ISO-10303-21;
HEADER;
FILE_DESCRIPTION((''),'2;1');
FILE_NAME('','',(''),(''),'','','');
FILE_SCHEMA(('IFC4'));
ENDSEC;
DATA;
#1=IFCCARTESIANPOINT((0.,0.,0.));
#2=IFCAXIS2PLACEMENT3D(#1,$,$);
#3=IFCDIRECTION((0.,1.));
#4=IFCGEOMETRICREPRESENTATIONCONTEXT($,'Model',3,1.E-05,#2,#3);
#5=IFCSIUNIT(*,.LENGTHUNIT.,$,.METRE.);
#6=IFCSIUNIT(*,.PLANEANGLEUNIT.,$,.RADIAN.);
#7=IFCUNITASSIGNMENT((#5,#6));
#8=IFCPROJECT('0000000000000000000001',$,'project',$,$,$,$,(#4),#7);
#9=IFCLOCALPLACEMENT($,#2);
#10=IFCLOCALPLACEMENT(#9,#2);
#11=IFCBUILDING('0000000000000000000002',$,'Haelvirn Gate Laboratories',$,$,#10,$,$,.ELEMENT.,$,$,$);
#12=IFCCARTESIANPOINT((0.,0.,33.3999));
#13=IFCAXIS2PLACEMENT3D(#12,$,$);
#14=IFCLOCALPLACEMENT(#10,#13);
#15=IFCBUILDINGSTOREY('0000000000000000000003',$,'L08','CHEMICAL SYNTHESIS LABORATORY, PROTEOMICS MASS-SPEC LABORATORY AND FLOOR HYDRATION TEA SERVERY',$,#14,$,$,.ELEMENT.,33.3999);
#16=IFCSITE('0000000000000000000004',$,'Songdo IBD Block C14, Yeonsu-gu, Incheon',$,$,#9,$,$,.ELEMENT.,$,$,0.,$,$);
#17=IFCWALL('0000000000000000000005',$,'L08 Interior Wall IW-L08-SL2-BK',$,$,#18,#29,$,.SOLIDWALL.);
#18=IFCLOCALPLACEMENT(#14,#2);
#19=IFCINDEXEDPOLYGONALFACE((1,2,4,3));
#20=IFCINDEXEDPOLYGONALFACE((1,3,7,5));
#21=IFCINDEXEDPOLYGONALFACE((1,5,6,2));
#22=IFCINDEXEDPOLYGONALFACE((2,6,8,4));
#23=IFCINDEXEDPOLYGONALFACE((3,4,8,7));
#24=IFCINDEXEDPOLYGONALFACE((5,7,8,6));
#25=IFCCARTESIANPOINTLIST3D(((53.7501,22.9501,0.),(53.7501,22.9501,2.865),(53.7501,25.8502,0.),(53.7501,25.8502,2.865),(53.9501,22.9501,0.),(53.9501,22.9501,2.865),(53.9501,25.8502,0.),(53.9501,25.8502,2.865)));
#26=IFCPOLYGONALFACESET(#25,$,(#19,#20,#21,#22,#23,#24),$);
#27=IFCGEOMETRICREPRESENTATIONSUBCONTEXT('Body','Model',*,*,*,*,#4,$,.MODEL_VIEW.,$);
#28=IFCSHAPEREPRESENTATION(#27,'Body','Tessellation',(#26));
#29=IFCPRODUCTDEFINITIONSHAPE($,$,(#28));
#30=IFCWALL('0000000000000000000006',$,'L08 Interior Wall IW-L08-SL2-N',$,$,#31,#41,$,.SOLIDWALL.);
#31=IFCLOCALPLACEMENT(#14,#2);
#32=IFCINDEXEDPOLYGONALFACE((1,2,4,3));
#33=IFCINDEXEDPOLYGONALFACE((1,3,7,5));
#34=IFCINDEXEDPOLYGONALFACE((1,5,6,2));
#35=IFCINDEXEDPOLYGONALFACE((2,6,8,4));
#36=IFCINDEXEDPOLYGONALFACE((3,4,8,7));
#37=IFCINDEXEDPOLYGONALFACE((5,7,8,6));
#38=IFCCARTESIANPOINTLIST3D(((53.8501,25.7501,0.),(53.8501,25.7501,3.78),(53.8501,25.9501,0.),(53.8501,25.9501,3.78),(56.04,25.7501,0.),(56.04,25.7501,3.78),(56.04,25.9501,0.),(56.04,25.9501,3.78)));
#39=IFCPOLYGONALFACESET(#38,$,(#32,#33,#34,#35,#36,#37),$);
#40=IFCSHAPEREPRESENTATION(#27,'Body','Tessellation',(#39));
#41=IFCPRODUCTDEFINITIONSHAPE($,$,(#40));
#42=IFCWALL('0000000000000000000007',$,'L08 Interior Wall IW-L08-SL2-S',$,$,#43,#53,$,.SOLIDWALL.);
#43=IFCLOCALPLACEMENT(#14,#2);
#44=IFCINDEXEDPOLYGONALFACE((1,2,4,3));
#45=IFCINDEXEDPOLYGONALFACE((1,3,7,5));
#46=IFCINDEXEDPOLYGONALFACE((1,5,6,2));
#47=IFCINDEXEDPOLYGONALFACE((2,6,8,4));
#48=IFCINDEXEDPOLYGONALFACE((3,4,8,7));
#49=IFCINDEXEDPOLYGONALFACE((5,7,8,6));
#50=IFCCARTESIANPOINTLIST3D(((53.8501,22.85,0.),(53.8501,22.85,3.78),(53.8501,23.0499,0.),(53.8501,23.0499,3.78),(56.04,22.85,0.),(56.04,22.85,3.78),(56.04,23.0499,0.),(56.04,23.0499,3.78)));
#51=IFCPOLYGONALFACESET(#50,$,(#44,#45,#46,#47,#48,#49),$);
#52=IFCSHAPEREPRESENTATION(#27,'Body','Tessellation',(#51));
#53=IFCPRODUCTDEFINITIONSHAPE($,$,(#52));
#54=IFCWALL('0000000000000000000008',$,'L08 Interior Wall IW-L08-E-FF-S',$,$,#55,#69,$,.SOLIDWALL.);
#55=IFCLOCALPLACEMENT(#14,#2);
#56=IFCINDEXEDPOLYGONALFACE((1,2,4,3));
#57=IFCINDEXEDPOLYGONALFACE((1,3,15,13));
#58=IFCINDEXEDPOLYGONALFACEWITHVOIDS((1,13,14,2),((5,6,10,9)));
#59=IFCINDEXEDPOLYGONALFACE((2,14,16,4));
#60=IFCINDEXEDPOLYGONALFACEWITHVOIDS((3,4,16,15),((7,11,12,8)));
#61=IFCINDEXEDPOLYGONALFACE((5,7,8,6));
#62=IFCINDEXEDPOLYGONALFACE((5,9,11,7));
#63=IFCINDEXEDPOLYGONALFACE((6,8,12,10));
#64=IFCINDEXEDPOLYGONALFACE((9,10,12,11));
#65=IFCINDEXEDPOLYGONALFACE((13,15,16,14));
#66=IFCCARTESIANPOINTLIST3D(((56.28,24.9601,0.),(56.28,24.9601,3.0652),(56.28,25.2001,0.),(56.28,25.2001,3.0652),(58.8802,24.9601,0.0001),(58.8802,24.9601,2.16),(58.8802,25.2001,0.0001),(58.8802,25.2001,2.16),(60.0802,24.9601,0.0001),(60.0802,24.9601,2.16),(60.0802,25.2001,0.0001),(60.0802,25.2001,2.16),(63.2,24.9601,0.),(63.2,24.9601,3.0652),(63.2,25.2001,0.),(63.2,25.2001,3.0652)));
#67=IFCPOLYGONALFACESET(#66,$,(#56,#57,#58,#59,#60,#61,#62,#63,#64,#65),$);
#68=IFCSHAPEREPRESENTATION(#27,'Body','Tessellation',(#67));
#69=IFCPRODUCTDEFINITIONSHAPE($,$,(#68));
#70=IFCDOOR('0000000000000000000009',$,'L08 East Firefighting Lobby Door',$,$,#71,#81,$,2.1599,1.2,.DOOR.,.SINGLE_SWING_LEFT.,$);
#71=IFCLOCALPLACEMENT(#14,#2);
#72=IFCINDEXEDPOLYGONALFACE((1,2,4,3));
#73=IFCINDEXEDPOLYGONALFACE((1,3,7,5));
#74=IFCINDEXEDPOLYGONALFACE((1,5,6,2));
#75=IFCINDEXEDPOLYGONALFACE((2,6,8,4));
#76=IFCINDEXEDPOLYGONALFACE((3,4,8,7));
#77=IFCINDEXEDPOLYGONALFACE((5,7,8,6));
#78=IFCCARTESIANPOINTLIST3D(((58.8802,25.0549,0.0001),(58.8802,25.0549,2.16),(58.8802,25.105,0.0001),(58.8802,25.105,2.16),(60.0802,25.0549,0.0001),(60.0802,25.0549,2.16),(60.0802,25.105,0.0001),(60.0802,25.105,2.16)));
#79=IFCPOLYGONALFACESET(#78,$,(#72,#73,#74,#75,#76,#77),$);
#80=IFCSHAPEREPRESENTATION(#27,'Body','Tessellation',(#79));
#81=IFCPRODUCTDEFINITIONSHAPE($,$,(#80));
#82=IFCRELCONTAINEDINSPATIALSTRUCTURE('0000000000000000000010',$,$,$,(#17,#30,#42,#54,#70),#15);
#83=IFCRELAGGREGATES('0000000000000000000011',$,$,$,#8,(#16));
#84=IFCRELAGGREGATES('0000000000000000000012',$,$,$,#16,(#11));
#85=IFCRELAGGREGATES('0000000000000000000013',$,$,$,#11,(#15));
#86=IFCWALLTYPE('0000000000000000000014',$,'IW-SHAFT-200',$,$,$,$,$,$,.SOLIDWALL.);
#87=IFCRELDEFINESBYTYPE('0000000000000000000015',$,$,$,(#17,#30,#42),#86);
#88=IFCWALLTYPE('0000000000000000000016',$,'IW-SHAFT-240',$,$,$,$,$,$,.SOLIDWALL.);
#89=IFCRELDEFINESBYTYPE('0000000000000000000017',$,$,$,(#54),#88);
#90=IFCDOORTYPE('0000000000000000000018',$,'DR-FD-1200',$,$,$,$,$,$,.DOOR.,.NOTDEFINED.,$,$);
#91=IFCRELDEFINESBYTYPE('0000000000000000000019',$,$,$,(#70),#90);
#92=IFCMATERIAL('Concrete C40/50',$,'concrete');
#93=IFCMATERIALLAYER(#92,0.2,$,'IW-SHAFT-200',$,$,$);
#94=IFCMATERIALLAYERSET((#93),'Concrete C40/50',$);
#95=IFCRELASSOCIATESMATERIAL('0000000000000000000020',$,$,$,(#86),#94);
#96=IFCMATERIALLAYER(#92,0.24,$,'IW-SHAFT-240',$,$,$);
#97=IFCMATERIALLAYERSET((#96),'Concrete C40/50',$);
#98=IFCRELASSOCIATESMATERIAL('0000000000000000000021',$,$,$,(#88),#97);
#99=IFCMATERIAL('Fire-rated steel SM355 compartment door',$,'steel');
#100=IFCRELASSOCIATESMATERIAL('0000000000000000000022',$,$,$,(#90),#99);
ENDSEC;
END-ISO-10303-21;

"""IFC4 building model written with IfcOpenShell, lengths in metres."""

from ifc_helpers import new_model, si_unit, direction, frame, frame_2d, origin, place, context, subcontext, project, spatial, rectangle, extrude, source, transform, mapped, material, layer, layer_set, type_object, type_shapes, element, fill, save


model = new_model("IFC4")

# Units and contexts
model_context = context("Model", 3, precision=1e-05, world=origin(), true_north=direction((0.0, 1.0)))
body_context = subcontext(model_context, "Body", "Model", "MODEL_VIEW")
ifc_project = project(units=[si_unit("LENGTHUNIT", "METRE"), si_unit("PLANEANGLEUNIT", "RADIAN")], contexts=[model_context])

# Site, building, storey
site_placement = place(None, origin())
site = spatial("IfcSite", under=ifc_project, at=site_placement, Name="Songdo IBD Block C14, Yeonsu-gu, Incheon", CompositionType="ELEMENT", RefElevation=0.0)
building_placement = place(site_placement, origin())
building = spatial("IfcBuilding", under=site, at=building_placement, Name="Haelvirn Gate Laboratories", CompositionType="ELEMENT")
storey_placement = place(building_placement, frame((0.0, 0.0, 33.3999)))
storey = spatial("IfcBuildingStorey", under=building, at=storey_placement, Name="L08", Description="CHEMICAL SYNTHESIS LABORATORY, PROTEOMICS MASS-SPEC LABORATORY AND FLOOR HYDRATION TEA SERVERY", CompositionType="ELEMENT", Elevation=33.3999)

# Walls
ifc_material_1 = material(Name="Concrete C40/50", Category="concrete")
ifc_layer_1 = layer(ifc_material_1, 0.2, Name="IW-SHAFT-200")
ifc_layer_set_1 = layer_set([ifc_layer_1], Name="Concrete C40/50")
wall_type_1 = type_object("IfcWallType", Name="IW-SHAFT-200", PredefinedType="SOLIDWALL", material=ifc_layer_set_1)
wall_1_placement = place(storey_placement, frame((53.8501, 22.95, 0.0), z_axis=(0.0, 0.0, 1.0), x_axis=(0.0, 1.0, 0.0)))
element("IfcWall", 1, at=wall_1_placement, inside=storey, type_object=wall_type_1, Name="L08 Interior Wall IW-L08-SL2-BK", PredefinedType="SOLIDWALL", context=body_context, shape_type="SweptSolid", body=[
    extrude(rectangle(XDim=2.9001, YDim=0.2, at=frame_2d((1.4502, 0.0))), origin(), (0.0, 0.0, 1.0), 2.865),
])
for number, where, z_axis, x_axis, name in (
    (2, (53.8501, 25.8501, 0.0), (0.0, 0.0, 1.0), (1.0, 0.0, 0.0), "L08 Interior Wall IW-L08-SL2-N"),
    (3, (53.8501, 22.95, 0.0), (0.0, 0.0, 1.0), (1.0, 0.0, 0.0), "L08 Interior Wall IW-L08-SL2-S"),
):
    element("IfcWall", number, at=place(storey_placement, frame(where, z_axis=z_axis, x_axis=x_axis)), inside=storey, type_object=wall_type_1, Name=name, PredefinedType="SOLIDWALL", context=body_context, shape_type="SweptSolid", body=[
        extrude(rectangle(XDim=2.1899, YDim=0.2, at=frame_2d((1.095, 0.0))), origin(), (0.0, 0.0, 1.0), 3.78),
    ])

# Wall, opening, door
ifc_layer_2 = layer(ifc_material_1, 0.24, Name="IW-SHAFT-240")
ifc_layer_set_2 = layer_set([ifc_layer_2], Name="Concrete C40/50")
wall_type_2 = type_object("IfcWallType", Name="IW-SHAFT-240", PredefinedType="SOLIDWALL", material=ifc_layer_set_2)
wall_2_placement = place(storey_placement, frame((56.28, 25.0801, 0.0), z_axis=(0.0, 0.0, 1.0), x_axis=(1.0, 0.0, 0.0)))
wall_2 = element("IfcWall", 4, at=wall_2_placement, inside=storey, type_object=wall_type_2, Name="L08 Interior Wall IW-L08-E-FF-S", PredefinedType="SOLIDWALL", context=body_context, shape_type="SweptSolid", body=[
    extrude(rectangle(XDim=6.9199, YDim=0.24, at=frame_2d((3.46, 0.0))), origin(), (0.0, 0.0, 1.0), 3.0652),
])
opening_1_placement = place(wall_2_placement, frame((2.6001, 0.0, 0.0)))
opening_1 = element("IfcOpeningElement", 5, at=opening_1_placement, cuts=wall_2, PredefinedType="OPENING", context=body_context, shape_type="SweptSolid", body=[
    extrude(rectangle(XDim=1.2, YDim=2.1599, at=frame_2d((0.6001, 1.0801))), frame((0.0, 0.1299, 0.0), z_axis=(0.0, -1.0, 0.0), x_axis=(1.0, 0.0, 0.0)), (0.0, 0.0, 1.0), 0.26),
])
ifc_material_2 = material(Name="Fire-rated steel SM355 compartment door", Category="steel")
door_type_1 = type_object("IfcDoorType", Name="DR-FD-1200", OperationType="NOTDEFINED", PredefinedType="DOOR", material=ifc_material_2)
shared_shape_1 = source(origin(), body_context, "Body", "SweptSolid", [
    extrude(rectangle(XDim=1.2, YDim=2.1599, at=frame_2d((0.6001, 1.0801))), frame((0.0, 0.0249, 0.0), z_axis=(0.0, -1.0, 0.0), x_axis=(1.0, 0.0, 0.0)), (0.0, 0.0, 1.0), 0.05),
])
type_shapes(door_type_1, [shared_shape_1])
door_1_placement = place(opening_1_placement, origin())
door_1 = element("IfcDoor", 6, at=door_1_placement, inside=storey, type_object=door_type_1, Name="L08 East Firefighting Lobby Door", OperationType="SINGLE_SWING_LEFT", OverallHeight=2.1599, OverallWidth=1.2, PredefinedType="DOOR", context=body_context, shape_type="MappedRepresentation", body=[
    mapped(shared_shape_1, transform((0.0, 0.0, 0.0), scale=1.0)),
])
fill(opening_1, door_1)

save(model, "model.ifc")
